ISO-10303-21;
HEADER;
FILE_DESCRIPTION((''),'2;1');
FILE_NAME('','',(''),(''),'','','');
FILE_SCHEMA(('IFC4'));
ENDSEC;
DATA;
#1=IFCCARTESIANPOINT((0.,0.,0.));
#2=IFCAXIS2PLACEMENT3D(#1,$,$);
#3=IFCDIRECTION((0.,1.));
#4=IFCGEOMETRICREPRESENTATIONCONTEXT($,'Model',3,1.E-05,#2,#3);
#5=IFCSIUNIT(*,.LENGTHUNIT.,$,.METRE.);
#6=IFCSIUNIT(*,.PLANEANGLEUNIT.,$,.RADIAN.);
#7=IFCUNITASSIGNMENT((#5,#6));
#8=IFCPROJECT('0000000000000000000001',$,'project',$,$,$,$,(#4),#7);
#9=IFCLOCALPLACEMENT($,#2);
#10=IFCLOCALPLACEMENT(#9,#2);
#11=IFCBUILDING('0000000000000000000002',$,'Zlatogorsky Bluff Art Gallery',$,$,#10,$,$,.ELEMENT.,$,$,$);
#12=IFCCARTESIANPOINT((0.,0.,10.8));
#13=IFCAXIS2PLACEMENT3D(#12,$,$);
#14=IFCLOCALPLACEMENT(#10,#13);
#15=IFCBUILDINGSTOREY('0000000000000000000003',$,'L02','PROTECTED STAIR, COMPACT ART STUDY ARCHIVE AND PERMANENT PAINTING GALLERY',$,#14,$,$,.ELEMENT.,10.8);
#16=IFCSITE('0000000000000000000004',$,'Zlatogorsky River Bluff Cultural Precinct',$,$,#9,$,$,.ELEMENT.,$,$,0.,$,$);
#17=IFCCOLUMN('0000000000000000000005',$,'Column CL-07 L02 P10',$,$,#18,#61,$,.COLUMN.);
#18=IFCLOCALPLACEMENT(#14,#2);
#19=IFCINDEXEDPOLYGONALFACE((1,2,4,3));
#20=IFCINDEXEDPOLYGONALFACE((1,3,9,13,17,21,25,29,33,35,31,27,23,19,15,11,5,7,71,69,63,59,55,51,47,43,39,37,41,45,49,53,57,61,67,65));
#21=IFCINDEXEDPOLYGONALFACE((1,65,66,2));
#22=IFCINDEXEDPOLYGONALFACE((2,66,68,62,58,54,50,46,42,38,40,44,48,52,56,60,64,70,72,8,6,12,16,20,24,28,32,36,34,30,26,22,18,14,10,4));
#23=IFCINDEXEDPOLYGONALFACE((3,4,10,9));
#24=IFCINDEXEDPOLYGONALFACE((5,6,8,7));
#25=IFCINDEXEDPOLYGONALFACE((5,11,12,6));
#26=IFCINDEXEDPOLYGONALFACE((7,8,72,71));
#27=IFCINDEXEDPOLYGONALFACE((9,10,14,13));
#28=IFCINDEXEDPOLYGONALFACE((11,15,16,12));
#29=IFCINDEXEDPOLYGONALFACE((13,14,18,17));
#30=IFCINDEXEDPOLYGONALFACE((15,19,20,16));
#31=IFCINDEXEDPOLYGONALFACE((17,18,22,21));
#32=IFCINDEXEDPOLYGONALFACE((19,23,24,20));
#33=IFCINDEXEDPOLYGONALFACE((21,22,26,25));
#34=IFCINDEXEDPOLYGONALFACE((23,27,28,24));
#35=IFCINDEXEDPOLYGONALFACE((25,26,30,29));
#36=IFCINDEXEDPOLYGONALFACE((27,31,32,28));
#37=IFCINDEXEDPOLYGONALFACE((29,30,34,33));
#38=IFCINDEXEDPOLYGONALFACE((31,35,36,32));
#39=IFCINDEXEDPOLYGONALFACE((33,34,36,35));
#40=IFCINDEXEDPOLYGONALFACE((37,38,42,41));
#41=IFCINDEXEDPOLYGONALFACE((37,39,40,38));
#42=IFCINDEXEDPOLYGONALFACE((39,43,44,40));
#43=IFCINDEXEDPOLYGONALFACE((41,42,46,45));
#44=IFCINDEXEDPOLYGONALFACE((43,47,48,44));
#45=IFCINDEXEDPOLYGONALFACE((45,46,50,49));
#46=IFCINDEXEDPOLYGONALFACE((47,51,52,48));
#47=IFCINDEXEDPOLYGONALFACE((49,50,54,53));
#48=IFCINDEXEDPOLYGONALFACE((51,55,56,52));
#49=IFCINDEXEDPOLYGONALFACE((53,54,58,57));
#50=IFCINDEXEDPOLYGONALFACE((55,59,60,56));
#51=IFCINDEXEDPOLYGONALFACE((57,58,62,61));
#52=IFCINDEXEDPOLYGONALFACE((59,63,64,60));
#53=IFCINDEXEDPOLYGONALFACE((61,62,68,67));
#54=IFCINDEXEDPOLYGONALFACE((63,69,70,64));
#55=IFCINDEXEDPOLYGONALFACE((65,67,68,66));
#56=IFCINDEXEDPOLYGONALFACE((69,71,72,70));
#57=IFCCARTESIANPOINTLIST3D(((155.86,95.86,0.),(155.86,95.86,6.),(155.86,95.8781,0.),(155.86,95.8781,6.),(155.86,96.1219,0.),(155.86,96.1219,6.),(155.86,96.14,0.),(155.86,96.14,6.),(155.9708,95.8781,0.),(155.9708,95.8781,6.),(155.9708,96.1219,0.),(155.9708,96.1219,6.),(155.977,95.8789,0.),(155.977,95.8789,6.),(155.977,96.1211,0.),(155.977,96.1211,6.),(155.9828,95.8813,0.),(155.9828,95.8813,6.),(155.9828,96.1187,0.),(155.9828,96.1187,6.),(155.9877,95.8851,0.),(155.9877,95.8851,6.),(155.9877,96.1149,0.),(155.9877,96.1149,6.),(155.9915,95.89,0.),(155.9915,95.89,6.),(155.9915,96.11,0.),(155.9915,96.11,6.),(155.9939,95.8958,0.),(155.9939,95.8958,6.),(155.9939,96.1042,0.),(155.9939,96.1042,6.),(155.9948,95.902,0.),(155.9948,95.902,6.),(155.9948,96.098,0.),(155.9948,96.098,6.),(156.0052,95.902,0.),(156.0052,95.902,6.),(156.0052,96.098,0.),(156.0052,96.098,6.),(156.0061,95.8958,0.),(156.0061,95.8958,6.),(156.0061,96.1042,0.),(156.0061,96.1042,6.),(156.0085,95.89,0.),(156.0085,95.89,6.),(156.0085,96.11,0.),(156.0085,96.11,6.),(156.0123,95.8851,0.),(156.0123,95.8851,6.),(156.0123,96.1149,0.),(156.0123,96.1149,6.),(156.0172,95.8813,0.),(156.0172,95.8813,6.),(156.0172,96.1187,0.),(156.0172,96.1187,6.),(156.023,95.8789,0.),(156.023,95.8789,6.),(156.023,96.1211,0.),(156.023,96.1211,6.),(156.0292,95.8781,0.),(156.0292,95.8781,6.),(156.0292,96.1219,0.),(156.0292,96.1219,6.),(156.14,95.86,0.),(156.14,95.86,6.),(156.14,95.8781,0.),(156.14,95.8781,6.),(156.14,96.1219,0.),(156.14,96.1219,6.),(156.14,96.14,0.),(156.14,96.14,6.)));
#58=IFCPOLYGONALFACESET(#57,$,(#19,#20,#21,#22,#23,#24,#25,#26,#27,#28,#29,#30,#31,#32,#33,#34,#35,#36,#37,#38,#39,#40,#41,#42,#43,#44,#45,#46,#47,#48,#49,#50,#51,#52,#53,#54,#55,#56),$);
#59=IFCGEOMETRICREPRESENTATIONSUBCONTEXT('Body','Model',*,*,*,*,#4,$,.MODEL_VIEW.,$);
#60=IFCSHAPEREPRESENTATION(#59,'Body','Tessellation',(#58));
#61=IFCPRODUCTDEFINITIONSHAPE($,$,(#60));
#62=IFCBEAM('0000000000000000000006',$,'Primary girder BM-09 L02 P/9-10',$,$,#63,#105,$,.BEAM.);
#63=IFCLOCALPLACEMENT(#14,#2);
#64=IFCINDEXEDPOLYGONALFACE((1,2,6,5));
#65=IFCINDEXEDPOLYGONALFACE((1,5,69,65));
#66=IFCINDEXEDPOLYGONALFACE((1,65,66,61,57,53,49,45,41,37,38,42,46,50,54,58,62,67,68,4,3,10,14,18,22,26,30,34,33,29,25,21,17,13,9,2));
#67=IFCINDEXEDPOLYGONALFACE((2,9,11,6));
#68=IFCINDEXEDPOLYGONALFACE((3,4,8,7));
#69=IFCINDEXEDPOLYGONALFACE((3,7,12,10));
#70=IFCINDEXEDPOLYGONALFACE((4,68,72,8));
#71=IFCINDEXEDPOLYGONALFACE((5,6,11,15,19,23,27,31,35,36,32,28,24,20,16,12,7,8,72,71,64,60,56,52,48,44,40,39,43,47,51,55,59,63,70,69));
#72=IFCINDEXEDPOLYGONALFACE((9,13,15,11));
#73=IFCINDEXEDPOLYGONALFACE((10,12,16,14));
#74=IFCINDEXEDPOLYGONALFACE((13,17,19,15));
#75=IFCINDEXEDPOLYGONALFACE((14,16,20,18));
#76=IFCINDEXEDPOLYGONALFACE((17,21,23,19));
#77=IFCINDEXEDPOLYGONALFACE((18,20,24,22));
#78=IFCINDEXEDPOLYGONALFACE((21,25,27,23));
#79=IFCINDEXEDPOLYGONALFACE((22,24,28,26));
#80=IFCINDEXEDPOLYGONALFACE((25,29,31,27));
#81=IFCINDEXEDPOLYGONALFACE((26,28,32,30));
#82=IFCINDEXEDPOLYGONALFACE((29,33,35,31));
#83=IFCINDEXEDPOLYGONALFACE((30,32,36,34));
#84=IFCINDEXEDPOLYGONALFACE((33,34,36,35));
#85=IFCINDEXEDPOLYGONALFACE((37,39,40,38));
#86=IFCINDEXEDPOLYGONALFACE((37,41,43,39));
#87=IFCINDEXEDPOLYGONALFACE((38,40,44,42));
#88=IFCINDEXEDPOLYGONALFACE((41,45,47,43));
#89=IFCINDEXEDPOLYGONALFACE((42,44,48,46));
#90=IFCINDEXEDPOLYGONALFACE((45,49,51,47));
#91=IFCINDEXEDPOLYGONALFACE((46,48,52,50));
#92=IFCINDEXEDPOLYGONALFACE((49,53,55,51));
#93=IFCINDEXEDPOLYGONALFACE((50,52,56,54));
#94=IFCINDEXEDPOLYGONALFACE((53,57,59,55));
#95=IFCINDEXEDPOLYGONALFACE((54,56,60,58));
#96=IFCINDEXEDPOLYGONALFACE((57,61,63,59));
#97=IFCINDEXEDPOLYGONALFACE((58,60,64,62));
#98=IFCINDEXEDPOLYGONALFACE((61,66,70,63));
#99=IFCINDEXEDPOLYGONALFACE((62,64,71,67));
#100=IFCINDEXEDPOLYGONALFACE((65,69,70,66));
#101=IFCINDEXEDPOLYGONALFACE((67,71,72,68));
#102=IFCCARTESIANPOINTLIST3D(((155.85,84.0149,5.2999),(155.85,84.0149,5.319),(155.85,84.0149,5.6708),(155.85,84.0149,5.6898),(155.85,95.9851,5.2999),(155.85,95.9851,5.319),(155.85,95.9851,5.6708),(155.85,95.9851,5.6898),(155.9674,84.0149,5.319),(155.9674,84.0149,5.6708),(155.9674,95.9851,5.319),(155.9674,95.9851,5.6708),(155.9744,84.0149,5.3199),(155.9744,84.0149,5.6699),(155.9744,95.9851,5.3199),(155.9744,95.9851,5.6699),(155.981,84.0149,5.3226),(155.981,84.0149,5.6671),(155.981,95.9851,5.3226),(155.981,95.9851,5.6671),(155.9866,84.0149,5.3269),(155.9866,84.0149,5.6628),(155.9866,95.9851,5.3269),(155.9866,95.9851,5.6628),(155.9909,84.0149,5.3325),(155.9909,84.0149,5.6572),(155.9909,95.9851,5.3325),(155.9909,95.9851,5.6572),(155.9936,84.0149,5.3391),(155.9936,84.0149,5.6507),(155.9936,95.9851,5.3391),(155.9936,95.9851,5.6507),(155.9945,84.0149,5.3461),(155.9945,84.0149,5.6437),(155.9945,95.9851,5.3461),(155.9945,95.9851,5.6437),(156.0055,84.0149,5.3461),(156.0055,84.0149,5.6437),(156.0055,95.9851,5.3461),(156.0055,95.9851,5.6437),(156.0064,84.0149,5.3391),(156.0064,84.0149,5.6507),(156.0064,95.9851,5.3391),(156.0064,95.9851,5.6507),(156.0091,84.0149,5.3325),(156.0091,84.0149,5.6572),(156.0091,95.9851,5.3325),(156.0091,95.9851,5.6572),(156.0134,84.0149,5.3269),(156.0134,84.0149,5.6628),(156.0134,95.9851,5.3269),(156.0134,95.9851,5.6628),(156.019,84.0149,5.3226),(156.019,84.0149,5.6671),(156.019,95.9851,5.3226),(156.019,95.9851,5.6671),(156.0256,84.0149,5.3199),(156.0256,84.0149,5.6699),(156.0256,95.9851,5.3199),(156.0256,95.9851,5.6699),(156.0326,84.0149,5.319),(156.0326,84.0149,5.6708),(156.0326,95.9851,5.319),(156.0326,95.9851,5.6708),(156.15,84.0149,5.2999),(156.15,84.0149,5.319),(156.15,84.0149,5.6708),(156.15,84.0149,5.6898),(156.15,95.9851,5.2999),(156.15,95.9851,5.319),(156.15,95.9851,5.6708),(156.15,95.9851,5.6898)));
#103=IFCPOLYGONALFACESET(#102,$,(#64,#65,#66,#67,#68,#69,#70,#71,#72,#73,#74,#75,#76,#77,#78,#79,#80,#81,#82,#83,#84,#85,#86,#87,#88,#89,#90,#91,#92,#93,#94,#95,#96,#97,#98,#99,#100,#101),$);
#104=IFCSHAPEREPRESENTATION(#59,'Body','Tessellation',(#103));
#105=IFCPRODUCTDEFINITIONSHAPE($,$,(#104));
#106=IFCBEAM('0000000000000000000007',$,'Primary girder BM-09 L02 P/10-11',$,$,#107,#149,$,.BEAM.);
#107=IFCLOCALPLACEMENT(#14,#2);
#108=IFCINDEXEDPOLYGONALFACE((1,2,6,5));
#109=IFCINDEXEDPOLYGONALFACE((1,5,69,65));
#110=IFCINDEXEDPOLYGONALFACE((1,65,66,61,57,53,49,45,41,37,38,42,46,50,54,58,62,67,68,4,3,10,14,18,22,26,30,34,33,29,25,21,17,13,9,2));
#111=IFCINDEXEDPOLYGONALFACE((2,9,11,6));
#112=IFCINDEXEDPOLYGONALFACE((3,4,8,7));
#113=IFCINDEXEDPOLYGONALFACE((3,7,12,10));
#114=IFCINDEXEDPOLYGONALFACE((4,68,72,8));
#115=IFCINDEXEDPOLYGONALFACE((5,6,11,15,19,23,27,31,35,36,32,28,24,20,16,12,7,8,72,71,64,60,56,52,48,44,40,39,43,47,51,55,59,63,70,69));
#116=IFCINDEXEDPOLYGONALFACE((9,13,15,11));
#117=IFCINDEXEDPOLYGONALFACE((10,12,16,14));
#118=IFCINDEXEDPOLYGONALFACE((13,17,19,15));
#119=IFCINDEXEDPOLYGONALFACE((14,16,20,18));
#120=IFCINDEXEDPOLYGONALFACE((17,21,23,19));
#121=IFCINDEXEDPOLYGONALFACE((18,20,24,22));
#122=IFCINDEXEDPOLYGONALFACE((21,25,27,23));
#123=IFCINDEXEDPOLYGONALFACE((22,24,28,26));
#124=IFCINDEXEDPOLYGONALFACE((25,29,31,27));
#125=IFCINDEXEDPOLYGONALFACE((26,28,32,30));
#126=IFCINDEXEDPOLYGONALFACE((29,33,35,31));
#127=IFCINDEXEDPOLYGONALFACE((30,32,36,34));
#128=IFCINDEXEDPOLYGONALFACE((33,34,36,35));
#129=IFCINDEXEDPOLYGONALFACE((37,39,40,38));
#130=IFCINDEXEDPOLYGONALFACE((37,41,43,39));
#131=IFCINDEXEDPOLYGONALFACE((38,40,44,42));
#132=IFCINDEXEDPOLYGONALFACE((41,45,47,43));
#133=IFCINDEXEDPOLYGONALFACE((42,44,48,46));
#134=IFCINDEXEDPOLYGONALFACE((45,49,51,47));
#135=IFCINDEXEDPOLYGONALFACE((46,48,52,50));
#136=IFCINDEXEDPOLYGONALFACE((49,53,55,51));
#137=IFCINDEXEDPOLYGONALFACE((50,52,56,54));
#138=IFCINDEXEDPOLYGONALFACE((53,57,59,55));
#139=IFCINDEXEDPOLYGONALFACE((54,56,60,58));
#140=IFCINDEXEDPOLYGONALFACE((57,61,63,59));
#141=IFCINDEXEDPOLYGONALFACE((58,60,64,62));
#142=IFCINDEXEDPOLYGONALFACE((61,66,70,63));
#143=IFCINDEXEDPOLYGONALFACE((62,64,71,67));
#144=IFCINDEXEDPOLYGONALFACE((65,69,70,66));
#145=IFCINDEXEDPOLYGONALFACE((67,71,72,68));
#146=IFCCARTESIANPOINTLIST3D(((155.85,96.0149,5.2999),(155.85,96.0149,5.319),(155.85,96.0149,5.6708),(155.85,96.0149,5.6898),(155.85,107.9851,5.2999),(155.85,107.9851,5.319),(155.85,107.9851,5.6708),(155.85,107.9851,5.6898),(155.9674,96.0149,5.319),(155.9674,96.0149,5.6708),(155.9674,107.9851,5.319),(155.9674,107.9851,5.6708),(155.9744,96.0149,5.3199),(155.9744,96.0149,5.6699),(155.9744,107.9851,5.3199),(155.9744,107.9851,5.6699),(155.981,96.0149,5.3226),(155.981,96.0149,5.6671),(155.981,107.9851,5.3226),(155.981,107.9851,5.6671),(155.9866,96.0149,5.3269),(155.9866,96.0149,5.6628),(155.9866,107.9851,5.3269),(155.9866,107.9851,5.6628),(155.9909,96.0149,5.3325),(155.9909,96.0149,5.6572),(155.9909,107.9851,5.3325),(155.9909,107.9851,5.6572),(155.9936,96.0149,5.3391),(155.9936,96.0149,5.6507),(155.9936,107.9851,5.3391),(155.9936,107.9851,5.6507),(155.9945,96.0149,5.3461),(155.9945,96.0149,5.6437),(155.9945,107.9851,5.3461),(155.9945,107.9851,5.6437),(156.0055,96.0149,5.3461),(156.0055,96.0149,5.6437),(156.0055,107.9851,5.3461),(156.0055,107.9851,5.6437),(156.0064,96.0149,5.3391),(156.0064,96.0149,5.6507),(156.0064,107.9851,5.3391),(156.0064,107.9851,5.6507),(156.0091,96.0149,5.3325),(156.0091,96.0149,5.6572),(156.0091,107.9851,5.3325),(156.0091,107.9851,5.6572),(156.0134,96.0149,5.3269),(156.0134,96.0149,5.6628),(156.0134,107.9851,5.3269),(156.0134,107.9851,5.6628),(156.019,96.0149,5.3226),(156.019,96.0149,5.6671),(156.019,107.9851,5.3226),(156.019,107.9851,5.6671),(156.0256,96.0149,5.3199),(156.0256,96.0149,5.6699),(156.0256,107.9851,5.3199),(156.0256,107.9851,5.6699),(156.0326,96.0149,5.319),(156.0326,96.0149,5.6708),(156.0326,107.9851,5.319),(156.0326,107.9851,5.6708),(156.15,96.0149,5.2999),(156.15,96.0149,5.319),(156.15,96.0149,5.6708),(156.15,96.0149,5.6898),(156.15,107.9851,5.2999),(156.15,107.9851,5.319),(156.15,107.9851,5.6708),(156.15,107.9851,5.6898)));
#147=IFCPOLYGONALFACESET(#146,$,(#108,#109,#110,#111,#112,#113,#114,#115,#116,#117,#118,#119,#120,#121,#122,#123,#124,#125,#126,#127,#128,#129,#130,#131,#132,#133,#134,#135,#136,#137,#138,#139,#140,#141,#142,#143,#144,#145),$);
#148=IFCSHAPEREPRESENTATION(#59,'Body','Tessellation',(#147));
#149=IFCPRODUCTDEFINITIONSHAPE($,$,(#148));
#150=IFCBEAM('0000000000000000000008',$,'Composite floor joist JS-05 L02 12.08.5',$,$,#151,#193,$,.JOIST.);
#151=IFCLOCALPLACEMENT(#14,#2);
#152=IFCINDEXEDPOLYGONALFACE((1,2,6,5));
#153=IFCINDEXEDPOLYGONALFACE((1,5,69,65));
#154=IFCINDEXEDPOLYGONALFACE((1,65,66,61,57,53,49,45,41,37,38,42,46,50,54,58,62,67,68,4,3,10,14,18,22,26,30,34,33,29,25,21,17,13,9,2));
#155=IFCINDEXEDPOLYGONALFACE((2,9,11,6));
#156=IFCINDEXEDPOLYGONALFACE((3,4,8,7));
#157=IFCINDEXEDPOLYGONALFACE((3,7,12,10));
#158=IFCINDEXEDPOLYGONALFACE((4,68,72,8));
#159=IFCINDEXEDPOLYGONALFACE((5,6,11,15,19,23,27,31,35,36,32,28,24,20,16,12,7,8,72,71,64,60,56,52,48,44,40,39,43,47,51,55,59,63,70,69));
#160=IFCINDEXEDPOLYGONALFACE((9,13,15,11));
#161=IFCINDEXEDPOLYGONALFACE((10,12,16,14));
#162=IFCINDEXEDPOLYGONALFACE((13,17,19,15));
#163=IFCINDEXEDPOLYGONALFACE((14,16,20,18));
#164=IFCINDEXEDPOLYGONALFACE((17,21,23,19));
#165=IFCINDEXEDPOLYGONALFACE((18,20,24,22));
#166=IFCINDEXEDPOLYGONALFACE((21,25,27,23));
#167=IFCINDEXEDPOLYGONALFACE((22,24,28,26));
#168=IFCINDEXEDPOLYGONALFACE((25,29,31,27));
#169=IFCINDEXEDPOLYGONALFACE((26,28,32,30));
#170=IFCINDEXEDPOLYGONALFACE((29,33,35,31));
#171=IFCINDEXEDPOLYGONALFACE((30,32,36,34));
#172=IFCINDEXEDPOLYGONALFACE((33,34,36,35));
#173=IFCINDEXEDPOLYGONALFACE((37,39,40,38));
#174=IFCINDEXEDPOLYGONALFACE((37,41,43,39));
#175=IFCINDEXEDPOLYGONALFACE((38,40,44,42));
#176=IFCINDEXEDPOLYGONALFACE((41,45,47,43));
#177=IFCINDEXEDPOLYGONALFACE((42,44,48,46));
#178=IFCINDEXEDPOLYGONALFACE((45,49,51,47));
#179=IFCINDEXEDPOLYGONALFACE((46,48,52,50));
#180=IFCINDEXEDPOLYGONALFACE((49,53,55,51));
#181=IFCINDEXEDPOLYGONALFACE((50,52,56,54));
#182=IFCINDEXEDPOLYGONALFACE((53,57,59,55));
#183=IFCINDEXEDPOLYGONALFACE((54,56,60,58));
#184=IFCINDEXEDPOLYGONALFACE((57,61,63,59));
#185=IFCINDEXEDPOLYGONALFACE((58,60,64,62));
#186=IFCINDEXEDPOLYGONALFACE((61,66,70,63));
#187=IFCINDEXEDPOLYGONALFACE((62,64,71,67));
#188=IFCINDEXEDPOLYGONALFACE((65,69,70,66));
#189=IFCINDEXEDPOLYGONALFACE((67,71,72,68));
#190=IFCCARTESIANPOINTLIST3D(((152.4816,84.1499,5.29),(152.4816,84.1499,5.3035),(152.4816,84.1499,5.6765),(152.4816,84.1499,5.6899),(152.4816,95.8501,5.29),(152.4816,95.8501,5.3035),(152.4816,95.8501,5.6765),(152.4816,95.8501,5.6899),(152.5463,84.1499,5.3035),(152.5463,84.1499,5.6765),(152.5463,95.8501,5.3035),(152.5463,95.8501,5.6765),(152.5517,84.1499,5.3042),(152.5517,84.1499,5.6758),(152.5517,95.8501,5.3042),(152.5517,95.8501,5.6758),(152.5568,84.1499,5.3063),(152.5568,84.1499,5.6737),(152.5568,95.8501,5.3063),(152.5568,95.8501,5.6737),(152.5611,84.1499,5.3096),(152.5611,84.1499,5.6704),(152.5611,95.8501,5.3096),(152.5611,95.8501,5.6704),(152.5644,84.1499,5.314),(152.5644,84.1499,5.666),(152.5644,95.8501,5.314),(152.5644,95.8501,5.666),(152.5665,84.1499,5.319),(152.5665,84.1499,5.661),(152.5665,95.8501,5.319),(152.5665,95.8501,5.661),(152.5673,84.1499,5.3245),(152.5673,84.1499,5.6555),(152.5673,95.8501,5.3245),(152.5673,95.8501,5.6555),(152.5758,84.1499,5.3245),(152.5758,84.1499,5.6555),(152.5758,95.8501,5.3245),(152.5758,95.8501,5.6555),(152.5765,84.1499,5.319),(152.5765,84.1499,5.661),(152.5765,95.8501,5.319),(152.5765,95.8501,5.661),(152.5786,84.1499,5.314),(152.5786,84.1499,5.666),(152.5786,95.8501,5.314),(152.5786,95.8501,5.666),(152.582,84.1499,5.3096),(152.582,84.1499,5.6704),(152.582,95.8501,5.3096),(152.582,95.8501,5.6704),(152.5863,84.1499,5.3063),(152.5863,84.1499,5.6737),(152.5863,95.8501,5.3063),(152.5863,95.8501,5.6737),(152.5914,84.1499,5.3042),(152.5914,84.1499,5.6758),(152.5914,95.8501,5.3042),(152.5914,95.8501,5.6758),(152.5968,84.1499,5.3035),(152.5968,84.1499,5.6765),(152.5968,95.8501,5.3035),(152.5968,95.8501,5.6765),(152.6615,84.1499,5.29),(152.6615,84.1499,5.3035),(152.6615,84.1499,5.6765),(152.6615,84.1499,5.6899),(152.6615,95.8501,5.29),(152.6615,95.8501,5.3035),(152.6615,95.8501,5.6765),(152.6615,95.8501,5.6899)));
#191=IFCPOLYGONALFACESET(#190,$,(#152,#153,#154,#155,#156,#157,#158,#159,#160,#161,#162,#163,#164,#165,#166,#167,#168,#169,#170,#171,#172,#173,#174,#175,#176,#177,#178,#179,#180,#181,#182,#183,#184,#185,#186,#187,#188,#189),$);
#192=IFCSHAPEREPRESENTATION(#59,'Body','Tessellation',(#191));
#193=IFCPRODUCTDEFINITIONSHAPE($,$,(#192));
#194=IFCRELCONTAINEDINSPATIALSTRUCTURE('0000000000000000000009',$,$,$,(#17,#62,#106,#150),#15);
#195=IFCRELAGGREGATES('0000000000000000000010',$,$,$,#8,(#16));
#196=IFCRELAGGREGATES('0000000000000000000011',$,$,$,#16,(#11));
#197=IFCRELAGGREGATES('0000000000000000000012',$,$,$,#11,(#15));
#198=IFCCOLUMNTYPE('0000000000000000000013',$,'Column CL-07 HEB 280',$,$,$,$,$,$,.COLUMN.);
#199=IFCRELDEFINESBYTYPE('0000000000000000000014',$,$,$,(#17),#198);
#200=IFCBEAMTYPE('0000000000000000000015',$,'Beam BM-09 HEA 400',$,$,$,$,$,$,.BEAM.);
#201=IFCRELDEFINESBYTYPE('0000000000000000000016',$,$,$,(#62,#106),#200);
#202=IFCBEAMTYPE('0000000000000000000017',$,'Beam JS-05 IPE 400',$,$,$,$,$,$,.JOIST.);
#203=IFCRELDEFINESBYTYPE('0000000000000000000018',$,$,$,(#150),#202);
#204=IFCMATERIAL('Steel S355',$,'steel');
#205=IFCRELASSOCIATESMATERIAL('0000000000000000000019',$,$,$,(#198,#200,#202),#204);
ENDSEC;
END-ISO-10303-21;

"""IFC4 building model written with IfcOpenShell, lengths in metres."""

from ifc_helpers import new_model, si_unit, direction, frame, origin, origin_2d, place, context, subcontext, project, spatial, i_section, extrude, material, material_profile, profile_set, type_object, element, save


model = new_model("IFC4")

# Units and contexts
model_context = context("Model", 3, precision=1e-05, world=origin(), true_north=direction((0.0, 1.0)))
body_context = subcontext(model_context, "Body", "Model", "MODEL_VIEW")
ifc_project = project(units=[si_unit("LENGTHUNIT", "METRE"), si_unit("PLANEANGLEUNIT", "RADIAN")], contexts=[model_context])

# Site, building, storey
site_placement = place(None, origin())
site = spatial("IfcSite", under=ifc_project, at=site_placement, Name="Zlatogorsky River Bluff Cultural Precinct", CompositionType="ELEMENT", RefElevation=0.0)
building_placement = place(site_placement, origin())
building = spatial("IfcBuilding", under=site, at=building_placement, Name="Zlatogorsky Bluff Art Gallery", CompositionType="ELEMENT")
storey_placement = place(building_placement, frame((0.0, 0.0, 10.8)))
storey = spatial("IfcBuildingStorey", under=building, at=storey_placement, Name="L02", Description="PROTECTED STAIR, COMPACT ART STUDY ARCHIVE AND PERMANENT PAINTING GALLERY", CompositionType="ELEMENT", Elevation=10.8)

# Column
ifc_material_1 = material(Name="Steel S355", Category="steel")
ifc_material_profile_1 = material_profile(ifc_material_1, i_section(OverallWidth=0.28, OverallDepth=0.28, WebThickness=0.0105, FlangeThickness=0.0181, FilletRadius=0.0239, at=origin_2d()), Name="HEB 280")
ifc_profile_set_1 = profile_set([ifc_material_profile_1], Name="Steel S355")
column_type = type_object("IfcColumnType", Name="Column CL-07 HEB 280", PredefinedType="COLUMN", material=ifc_profile_set_1)
column_placement = place(storey_placement, frame((156.0, 96.0, 0.0), z_axis=(0.0, 0.0, 1.0), x_axis=(1.0, 0.0, 0.0)))
element("IfcColumn", 1, at=column_placement, inside=storey, type_object=column_type, Name="Column CL-07 L02 P10", PredefinedType="COLUMN", context=body_context, shape_type="SweptSolid", body=[
    extrude(i_section(OverallWidth=0.28, OverallDepth=0.28, WebThickness=0.0105, FlangeThickness=0.0181, FilletRadius=0.0239, at=origin_2d()), origin(), (0.0, 0.0, 1.0), 6.0),
])

# Beams
ifc_material_profile_2 = material_profile(ifc_material_1, i_section(OverallWidth=0.3, OverallDepth=0.3899, WebThickness=0.011, FlangeThickness=0.019, FilletRadius=0.0271, at=origin_2d()), Name="HEA 400")
ifc_profile_set_2 = profile_set([ifc_material_profile_2], Name="Steel S355")
beam_type_1 = type_object("IfcBeamType", Name="Beam BM-09 HEA 400", PredefinedType="BEAM", material=ifc_profile_set_2)
for number, where, z_axis, x_axis, name in (
    (2, (156.0, 84.0149, 5.4949), (0.0, 1.0, 0.0), (-1.0, 0.0, 0.0), "Primary girder BM-09 L02 P/9-10"),
    (3, (156.0, 96.0149, 5.4949), (0.0, 1.0, 0.0), (-1.0, 0.0, 0.0), "Primary girder BM-09 L02 P/10-11"),
):
    element("IfcBeam", number, at=place(storey_placement, frame(where, z_axis=z_axis, x_axis=x_axis)), inside=storey, type_object=beam_type_1, Name=name, PredefinedType="BEAM", context=body_context, shape_type="SweptSolid", body=[
        extrude(i_section(OverallWidth=0.3, OverallDepth=0.3899, WebThickness=0.011, FlangeThickness=0.019, FilletRadius=0.0271, at=origin_2d()), origin(), (0.0, 0.0, 1.0), 11.9702),
    ])
ifc_material_profile_3 = material_profile(ifc_material_1, i_section(OverallWidth=0.1799, OverallDepth=0.3999, WebThickness=0.0085, FlangeThickness=0.0134, FilletRadius=0.021, at=origin_2d()), Name="IPE 400")
ifc_profile_set_3 = profile_set([ifc_material_profile_3], Name="Steel S355")
beam_type_2 = type_object("IfcBeamType", Name="Beam JS-05 IPE 400", PredefinedType="JOIST", material=ifc_profile_set_3)
for number, where, z_axis, x_axis, name in (
    (4, (152.5715, 84.1499, 5.49), (0.0, 1.0, 0.0), (-1.0, 0.0, 0.0), "Composite floor joist JS-05 L02 12.08.5"),
):
    element("IfcBeam", number, at=place(storey_placement, frame(where, z_axis=z_axis, x_axis=x_axis)), inside=storey, type_object=beam_type_2, Name=name, PredefinedType="JOIST", context=body_context, shape_type="SweptSolid", body=[
        extrude(i_section(OverallWidth=0.1799, OverallDepth=0.3999, WebThickness=0.0085, FlangeThickness=0.0134, FilletRadius=0.021, at=origin_2d()), origin(), (0.0, 0.0, 1.0), 11.7002),
    ])

save(model, "model.ifc")
